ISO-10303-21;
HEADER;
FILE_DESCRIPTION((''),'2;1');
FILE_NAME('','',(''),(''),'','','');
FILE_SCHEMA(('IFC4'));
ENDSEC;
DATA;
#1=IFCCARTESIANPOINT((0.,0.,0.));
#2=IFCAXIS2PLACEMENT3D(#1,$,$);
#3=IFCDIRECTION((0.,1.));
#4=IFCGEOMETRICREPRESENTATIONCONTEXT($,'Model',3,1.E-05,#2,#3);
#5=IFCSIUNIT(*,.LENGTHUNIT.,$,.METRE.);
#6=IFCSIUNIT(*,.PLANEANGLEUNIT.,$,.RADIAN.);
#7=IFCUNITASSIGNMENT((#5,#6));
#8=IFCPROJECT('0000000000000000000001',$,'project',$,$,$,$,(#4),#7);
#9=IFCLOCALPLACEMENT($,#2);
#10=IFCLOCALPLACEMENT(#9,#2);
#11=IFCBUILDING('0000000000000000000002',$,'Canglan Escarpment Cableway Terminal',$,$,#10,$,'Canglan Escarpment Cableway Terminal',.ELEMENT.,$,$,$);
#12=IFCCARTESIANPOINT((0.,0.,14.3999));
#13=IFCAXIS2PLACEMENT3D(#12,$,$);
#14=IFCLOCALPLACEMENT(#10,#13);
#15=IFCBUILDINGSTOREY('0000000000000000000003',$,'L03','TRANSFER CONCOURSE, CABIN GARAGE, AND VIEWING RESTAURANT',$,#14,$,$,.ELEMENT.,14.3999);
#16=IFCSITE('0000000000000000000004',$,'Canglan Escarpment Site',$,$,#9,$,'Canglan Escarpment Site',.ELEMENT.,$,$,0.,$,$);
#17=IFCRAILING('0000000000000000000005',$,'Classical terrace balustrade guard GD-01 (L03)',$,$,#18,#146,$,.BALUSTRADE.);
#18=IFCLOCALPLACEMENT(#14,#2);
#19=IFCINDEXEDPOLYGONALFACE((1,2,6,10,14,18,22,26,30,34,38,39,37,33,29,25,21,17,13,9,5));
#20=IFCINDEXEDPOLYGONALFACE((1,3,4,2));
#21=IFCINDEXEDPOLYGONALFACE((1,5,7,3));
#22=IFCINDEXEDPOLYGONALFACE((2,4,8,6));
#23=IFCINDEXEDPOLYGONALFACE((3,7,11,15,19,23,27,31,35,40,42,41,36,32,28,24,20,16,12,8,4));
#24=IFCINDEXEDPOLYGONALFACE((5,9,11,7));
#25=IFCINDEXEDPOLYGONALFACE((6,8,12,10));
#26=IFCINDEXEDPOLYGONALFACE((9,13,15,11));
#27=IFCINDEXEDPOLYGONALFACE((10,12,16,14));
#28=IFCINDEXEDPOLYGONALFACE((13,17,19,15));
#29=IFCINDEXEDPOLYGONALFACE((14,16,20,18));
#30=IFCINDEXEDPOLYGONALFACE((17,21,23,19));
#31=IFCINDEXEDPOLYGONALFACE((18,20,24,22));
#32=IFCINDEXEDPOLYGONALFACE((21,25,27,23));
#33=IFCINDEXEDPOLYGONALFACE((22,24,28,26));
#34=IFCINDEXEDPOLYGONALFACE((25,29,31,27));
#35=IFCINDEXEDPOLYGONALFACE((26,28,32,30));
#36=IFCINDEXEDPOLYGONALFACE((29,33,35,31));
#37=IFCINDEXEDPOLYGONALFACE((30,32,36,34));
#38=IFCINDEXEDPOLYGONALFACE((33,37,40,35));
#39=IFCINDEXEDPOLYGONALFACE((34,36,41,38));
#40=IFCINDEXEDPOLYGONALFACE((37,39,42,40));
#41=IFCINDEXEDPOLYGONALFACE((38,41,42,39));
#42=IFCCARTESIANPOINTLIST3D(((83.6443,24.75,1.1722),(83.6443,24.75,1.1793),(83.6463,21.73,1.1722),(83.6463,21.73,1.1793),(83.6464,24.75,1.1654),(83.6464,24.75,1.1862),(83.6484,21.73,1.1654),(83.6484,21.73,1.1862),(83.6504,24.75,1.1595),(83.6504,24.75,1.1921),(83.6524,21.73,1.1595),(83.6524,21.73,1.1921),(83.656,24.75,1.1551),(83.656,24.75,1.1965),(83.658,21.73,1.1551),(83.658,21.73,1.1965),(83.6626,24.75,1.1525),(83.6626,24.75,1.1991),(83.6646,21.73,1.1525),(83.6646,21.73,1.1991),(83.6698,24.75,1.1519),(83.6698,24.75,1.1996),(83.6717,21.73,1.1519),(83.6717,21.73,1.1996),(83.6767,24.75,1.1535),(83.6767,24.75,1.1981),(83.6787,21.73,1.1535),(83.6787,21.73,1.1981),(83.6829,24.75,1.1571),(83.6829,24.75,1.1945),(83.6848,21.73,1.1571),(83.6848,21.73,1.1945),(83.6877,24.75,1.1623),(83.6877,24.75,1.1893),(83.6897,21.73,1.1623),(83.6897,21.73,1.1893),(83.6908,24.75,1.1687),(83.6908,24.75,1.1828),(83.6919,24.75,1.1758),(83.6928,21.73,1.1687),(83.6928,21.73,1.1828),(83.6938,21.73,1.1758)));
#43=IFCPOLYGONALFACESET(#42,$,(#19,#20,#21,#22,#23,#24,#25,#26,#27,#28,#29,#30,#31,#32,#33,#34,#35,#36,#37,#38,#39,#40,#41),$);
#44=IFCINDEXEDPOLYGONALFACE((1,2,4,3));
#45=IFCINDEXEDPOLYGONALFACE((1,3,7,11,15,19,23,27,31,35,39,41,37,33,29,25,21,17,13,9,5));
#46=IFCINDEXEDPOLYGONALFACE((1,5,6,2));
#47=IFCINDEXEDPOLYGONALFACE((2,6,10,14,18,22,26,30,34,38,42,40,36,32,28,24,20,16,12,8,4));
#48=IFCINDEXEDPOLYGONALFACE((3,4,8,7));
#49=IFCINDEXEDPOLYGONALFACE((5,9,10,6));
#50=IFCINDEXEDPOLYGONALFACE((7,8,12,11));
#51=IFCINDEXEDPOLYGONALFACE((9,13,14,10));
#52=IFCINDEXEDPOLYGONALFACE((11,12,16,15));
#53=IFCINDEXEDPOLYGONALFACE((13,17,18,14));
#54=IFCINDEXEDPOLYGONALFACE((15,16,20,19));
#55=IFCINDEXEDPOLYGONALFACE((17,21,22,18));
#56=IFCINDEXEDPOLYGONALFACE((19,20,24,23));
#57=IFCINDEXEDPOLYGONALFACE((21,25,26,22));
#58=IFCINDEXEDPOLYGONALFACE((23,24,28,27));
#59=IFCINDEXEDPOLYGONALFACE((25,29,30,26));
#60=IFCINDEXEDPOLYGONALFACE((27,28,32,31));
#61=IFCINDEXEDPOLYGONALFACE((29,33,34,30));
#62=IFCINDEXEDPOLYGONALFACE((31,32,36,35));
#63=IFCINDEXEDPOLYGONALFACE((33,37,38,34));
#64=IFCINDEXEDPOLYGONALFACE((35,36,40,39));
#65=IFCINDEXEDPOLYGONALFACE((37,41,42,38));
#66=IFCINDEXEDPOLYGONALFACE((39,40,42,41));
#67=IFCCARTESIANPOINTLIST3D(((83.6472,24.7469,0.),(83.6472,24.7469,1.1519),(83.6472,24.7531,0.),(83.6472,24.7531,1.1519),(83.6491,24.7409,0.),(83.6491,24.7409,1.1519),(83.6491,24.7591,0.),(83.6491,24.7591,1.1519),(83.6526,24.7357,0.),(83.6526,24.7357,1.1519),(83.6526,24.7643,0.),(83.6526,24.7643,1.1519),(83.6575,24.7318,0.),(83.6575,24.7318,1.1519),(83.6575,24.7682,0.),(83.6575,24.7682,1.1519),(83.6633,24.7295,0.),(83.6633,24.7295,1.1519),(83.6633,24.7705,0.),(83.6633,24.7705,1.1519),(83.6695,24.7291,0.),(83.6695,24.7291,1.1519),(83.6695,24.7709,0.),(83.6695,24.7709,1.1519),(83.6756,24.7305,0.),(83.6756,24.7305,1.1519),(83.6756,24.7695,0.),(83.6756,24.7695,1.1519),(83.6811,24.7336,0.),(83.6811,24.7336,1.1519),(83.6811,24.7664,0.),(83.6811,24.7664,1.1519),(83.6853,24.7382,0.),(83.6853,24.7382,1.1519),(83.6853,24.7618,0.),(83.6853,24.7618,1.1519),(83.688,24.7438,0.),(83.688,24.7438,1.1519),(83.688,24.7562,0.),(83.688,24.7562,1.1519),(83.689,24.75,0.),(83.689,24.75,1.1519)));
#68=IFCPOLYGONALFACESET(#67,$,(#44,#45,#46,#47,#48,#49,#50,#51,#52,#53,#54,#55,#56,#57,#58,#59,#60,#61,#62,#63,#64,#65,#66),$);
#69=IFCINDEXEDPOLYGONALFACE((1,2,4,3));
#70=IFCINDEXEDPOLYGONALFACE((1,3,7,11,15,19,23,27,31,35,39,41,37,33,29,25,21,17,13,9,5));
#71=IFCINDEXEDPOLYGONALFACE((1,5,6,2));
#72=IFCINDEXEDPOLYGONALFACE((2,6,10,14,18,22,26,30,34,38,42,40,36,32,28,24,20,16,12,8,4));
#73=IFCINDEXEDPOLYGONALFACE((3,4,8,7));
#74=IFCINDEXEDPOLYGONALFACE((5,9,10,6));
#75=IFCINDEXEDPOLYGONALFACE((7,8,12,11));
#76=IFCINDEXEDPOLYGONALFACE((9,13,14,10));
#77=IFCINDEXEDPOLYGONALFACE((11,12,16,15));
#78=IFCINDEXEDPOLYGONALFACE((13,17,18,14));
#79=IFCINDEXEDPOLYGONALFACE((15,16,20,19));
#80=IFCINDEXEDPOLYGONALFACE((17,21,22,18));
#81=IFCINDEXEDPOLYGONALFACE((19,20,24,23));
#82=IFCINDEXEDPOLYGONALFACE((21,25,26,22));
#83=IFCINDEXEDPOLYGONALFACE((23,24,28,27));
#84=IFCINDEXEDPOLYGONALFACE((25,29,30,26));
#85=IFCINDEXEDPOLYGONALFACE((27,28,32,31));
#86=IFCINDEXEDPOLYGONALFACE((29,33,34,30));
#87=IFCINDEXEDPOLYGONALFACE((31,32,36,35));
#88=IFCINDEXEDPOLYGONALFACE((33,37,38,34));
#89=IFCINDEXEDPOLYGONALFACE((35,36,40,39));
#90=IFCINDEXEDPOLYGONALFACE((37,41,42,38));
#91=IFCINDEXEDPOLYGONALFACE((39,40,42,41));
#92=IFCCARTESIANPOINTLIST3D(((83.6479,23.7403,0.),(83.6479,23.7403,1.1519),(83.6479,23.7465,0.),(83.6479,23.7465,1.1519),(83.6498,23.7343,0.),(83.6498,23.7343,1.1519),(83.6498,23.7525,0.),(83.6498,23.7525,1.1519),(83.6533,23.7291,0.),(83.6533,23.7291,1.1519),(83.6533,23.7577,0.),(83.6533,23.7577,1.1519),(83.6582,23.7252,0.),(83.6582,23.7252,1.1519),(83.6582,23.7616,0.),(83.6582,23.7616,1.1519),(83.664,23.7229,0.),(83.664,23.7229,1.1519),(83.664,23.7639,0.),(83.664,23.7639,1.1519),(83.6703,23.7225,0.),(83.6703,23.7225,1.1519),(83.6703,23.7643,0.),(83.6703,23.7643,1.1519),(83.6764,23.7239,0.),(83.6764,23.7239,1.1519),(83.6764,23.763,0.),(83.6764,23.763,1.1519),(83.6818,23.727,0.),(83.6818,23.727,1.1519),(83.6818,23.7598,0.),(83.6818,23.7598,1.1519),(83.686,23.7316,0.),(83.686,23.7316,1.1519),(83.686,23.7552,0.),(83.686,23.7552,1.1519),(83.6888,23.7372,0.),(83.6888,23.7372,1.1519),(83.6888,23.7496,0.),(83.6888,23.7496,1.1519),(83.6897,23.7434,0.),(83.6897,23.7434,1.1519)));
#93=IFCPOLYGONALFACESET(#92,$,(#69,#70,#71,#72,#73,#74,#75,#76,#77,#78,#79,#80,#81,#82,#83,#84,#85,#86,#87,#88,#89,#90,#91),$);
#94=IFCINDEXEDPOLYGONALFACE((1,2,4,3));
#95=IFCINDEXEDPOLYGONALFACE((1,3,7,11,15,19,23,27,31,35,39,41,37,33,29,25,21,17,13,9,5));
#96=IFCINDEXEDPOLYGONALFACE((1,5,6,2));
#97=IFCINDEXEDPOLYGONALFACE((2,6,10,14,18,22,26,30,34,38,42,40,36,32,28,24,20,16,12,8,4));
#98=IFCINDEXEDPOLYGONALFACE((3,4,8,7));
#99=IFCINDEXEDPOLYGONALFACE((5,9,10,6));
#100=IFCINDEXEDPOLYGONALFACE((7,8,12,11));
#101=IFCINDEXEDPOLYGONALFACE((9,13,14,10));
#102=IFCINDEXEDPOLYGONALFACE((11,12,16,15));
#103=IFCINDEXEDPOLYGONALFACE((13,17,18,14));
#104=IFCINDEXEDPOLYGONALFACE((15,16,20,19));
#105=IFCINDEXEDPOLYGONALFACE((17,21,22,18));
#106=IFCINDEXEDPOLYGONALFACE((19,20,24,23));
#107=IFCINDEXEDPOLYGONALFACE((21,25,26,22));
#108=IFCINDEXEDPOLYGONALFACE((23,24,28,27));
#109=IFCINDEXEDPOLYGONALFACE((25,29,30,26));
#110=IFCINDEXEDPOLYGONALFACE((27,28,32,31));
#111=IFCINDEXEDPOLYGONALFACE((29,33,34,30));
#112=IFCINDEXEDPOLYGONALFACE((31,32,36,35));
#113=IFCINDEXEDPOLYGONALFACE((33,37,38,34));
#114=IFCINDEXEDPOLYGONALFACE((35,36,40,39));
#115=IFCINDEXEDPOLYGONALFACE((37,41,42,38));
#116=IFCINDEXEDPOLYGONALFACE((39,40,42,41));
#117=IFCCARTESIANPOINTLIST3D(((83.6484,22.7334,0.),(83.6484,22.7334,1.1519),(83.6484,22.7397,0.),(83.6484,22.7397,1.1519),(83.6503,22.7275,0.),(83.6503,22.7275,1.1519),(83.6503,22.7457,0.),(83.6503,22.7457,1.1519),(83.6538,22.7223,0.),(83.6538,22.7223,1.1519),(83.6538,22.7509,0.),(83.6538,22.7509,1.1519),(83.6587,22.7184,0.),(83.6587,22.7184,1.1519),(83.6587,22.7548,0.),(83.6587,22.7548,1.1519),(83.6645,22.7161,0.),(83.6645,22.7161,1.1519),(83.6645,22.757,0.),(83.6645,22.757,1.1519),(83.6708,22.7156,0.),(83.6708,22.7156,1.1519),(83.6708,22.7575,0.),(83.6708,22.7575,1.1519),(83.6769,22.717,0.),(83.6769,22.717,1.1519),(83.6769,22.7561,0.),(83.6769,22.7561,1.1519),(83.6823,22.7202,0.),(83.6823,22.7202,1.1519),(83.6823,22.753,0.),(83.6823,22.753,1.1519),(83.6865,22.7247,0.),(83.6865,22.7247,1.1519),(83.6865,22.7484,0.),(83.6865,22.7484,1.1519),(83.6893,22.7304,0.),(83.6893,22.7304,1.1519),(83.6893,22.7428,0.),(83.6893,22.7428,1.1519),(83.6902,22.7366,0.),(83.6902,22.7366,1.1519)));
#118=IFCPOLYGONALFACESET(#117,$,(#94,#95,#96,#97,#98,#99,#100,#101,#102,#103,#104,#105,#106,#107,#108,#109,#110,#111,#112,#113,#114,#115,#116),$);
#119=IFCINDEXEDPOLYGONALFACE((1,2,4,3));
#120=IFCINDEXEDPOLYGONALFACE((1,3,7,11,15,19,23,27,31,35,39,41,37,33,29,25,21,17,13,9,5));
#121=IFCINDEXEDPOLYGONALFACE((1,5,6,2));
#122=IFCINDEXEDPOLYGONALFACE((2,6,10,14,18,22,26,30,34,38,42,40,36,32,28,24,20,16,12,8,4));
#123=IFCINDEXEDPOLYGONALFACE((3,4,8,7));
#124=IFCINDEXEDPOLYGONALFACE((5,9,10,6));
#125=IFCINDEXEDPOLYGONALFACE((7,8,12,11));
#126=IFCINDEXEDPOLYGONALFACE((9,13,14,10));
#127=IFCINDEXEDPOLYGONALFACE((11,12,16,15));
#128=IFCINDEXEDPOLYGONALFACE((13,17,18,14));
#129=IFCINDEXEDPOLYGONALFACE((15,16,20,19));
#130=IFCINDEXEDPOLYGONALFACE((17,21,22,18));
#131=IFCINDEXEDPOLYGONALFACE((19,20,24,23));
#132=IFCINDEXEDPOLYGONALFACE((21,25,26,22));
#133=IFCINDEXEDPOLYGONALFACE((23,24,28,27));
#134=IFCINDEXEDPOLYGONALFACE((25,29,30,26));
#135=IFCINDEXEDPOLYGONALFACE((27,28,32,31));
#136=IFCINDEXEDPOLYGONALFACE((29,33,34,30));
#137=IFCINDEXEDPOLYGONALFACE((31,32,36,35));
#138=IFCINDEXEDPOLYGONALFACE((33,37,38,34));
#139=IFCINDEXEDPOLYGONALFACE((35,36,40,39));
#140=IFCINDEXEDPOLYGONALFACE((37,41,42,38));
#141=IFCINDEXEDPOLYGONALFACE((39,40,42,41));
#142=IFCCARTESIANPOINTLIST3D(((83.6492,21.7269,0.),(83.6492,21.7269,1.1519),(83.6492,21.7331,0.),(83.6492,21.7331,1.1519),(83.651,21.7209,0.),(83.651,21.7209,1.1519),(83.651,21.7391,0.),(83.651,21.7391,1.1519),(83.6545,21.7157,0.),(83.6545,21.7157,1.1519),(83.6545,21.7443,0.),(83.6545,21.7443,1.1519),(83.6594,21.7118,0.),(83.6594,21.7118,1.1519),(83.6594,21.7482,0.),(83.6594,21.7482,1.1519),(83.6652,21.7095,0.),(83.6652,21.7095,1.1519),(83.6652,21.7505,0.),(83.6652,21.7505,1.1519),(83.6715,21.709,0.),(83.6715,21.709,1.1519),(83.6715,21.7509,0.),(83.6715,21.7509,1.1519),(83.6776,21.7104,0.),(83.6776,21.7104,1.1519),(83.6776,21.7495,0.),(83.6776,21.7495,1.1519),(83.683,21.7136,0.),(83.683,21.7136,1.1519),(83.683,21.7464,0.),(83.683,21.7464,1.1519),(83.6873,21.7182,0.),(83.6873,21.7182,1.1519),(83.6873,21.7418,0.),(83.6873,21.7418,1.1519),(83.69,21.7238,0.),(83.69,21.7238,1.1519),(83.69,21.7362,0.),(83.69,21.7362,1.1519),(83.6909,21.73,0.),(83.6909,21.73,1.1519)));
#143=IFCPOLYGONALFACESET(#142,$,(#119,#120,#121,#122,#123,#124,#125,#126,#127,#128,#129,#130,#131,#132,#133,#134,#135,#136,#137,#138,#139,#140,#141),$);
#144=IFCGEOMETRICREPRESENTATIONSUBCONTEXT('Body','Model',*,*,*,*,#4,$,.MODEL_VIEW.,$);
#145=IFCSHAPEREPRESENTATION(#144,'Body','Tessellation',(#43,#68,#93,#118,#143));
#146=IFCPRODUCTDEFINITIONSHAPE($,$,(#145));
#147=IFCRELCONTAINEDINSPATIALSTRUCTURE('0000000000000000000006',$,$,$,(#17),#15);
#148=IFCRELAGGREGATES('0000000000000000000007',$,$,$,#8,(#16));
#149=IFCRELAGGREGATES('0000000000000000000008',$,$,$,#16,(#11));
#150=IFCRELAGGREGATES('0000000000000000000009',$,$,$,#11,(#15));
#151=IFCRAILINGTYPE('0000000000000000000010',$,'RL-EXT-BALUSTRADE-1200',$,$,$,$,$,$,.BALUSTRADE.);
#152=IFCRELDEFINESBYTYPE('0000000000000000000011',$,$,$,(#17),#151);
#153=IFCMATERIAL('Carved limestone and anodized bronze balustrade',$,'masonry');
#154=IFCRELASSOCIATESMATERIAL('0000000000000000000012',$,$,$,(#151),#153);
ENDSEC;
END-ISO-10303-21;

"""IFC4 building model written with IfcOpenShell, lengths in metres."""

from ifc_helpers import new_model, si_unit, direction, frame, origin, origin_2d, place, context, subcontext, project, spatial, circle, extrude, material, type_object, element, save


model = new_model("IFC4")

# Units and contexts
model_context = context("Model", 3, precision=1e-05, world=origin(), true_north=direction((0.0, 1.0)))
body_context = subcontext(model_context, "Body", "Model", "MODEL_VIEW")
ifc_project = project(units=[si_unit("LENGTHUNIT", "METRE"), si_unit("PLANEANGLEUNIT", "RADIAN")], contexts=[model_context])

# Site, building, storey
site_placement = place(None, origin())
site = spatial("IfcSite", under=ifc_project, at=site_placement, Name="Canglan Escarpment Site", LongName="Canglan Escarpment Site", CompositionType="ELEMENT", RefElevation=0.0)
building_placement = place(site_placement, origin())
building = spatial("IfcBuilding", under=site, at=building_placement, Name="Canglan Escarpment Cableway Terminal", LongName="Canglan Escarpment Cableway Terminal", CompositionType="ELEMENT")
storey_placement = place(building_placement, frame((0.0, 0.0, 14.3999)))
storey = spatial("IfcBuildingStorey", under=building, at=storey_placement, Name="L03", Description="TRANSFER CONCOURSE, CABIN GARAGE, AND VIEWING RESTAURANT", CompositionType="ELEMENT", Elevation=14.3999)

# Railing
ifc_material_1 = material(Name="Carved limestone and anodized bronze balustrade", Category="masonry")
railing_type = type_object("IfcRailingType", Name="RL-EXT-BALUSTRADE-1200", PredefinedType="BALUSTRADE", material=ifc_material_1)
railing_1_placement = place(storey_placement, frame((83.668, 24.75, 0.0)))
element("IfcRailing", 1, at=railing_1_placement, inside=storey, type_object=railing_type, Name="Classical terrace balustrade guard GD-01 (L03)", PredefinedType="BALUSTRADE", context=body_context, shape_type="SweptSolid", body=[
    extrude(circle(Radius=0.0239, at=origin_2d()), frame((0.0, 0.0, 1.1758), z_axis=(0.000647, -1.0, 0.0), x_axis=(1.0, 0.000647, 0.0)), (0.0, 0.0, 1.0), 3.02),
    extrude(circle(Radius=0.021, at=origin_2d()), origin(), (0.0, 0.0, 1.0), 1.1519),
    extrude(circle(Radius=0.021, at=origin_2d()), frame((0.0007, -1.0066, 0.0)), (0.0, 0.0, 1.0), 1.1519),
    extrude(circle(Radius=0.021, at=origin_2d()), frame((0.0012, -2.0134, 0.0)), (0.0, 0.0, 1.0), 1.1519),
    extrude(circle(Radius=0.021, at=origin_2d()), frame((0.002, -3.02, 0.0)), (0.0, 0.0, 1.0), 1.1519),
])

save(model, "model.ifc")
